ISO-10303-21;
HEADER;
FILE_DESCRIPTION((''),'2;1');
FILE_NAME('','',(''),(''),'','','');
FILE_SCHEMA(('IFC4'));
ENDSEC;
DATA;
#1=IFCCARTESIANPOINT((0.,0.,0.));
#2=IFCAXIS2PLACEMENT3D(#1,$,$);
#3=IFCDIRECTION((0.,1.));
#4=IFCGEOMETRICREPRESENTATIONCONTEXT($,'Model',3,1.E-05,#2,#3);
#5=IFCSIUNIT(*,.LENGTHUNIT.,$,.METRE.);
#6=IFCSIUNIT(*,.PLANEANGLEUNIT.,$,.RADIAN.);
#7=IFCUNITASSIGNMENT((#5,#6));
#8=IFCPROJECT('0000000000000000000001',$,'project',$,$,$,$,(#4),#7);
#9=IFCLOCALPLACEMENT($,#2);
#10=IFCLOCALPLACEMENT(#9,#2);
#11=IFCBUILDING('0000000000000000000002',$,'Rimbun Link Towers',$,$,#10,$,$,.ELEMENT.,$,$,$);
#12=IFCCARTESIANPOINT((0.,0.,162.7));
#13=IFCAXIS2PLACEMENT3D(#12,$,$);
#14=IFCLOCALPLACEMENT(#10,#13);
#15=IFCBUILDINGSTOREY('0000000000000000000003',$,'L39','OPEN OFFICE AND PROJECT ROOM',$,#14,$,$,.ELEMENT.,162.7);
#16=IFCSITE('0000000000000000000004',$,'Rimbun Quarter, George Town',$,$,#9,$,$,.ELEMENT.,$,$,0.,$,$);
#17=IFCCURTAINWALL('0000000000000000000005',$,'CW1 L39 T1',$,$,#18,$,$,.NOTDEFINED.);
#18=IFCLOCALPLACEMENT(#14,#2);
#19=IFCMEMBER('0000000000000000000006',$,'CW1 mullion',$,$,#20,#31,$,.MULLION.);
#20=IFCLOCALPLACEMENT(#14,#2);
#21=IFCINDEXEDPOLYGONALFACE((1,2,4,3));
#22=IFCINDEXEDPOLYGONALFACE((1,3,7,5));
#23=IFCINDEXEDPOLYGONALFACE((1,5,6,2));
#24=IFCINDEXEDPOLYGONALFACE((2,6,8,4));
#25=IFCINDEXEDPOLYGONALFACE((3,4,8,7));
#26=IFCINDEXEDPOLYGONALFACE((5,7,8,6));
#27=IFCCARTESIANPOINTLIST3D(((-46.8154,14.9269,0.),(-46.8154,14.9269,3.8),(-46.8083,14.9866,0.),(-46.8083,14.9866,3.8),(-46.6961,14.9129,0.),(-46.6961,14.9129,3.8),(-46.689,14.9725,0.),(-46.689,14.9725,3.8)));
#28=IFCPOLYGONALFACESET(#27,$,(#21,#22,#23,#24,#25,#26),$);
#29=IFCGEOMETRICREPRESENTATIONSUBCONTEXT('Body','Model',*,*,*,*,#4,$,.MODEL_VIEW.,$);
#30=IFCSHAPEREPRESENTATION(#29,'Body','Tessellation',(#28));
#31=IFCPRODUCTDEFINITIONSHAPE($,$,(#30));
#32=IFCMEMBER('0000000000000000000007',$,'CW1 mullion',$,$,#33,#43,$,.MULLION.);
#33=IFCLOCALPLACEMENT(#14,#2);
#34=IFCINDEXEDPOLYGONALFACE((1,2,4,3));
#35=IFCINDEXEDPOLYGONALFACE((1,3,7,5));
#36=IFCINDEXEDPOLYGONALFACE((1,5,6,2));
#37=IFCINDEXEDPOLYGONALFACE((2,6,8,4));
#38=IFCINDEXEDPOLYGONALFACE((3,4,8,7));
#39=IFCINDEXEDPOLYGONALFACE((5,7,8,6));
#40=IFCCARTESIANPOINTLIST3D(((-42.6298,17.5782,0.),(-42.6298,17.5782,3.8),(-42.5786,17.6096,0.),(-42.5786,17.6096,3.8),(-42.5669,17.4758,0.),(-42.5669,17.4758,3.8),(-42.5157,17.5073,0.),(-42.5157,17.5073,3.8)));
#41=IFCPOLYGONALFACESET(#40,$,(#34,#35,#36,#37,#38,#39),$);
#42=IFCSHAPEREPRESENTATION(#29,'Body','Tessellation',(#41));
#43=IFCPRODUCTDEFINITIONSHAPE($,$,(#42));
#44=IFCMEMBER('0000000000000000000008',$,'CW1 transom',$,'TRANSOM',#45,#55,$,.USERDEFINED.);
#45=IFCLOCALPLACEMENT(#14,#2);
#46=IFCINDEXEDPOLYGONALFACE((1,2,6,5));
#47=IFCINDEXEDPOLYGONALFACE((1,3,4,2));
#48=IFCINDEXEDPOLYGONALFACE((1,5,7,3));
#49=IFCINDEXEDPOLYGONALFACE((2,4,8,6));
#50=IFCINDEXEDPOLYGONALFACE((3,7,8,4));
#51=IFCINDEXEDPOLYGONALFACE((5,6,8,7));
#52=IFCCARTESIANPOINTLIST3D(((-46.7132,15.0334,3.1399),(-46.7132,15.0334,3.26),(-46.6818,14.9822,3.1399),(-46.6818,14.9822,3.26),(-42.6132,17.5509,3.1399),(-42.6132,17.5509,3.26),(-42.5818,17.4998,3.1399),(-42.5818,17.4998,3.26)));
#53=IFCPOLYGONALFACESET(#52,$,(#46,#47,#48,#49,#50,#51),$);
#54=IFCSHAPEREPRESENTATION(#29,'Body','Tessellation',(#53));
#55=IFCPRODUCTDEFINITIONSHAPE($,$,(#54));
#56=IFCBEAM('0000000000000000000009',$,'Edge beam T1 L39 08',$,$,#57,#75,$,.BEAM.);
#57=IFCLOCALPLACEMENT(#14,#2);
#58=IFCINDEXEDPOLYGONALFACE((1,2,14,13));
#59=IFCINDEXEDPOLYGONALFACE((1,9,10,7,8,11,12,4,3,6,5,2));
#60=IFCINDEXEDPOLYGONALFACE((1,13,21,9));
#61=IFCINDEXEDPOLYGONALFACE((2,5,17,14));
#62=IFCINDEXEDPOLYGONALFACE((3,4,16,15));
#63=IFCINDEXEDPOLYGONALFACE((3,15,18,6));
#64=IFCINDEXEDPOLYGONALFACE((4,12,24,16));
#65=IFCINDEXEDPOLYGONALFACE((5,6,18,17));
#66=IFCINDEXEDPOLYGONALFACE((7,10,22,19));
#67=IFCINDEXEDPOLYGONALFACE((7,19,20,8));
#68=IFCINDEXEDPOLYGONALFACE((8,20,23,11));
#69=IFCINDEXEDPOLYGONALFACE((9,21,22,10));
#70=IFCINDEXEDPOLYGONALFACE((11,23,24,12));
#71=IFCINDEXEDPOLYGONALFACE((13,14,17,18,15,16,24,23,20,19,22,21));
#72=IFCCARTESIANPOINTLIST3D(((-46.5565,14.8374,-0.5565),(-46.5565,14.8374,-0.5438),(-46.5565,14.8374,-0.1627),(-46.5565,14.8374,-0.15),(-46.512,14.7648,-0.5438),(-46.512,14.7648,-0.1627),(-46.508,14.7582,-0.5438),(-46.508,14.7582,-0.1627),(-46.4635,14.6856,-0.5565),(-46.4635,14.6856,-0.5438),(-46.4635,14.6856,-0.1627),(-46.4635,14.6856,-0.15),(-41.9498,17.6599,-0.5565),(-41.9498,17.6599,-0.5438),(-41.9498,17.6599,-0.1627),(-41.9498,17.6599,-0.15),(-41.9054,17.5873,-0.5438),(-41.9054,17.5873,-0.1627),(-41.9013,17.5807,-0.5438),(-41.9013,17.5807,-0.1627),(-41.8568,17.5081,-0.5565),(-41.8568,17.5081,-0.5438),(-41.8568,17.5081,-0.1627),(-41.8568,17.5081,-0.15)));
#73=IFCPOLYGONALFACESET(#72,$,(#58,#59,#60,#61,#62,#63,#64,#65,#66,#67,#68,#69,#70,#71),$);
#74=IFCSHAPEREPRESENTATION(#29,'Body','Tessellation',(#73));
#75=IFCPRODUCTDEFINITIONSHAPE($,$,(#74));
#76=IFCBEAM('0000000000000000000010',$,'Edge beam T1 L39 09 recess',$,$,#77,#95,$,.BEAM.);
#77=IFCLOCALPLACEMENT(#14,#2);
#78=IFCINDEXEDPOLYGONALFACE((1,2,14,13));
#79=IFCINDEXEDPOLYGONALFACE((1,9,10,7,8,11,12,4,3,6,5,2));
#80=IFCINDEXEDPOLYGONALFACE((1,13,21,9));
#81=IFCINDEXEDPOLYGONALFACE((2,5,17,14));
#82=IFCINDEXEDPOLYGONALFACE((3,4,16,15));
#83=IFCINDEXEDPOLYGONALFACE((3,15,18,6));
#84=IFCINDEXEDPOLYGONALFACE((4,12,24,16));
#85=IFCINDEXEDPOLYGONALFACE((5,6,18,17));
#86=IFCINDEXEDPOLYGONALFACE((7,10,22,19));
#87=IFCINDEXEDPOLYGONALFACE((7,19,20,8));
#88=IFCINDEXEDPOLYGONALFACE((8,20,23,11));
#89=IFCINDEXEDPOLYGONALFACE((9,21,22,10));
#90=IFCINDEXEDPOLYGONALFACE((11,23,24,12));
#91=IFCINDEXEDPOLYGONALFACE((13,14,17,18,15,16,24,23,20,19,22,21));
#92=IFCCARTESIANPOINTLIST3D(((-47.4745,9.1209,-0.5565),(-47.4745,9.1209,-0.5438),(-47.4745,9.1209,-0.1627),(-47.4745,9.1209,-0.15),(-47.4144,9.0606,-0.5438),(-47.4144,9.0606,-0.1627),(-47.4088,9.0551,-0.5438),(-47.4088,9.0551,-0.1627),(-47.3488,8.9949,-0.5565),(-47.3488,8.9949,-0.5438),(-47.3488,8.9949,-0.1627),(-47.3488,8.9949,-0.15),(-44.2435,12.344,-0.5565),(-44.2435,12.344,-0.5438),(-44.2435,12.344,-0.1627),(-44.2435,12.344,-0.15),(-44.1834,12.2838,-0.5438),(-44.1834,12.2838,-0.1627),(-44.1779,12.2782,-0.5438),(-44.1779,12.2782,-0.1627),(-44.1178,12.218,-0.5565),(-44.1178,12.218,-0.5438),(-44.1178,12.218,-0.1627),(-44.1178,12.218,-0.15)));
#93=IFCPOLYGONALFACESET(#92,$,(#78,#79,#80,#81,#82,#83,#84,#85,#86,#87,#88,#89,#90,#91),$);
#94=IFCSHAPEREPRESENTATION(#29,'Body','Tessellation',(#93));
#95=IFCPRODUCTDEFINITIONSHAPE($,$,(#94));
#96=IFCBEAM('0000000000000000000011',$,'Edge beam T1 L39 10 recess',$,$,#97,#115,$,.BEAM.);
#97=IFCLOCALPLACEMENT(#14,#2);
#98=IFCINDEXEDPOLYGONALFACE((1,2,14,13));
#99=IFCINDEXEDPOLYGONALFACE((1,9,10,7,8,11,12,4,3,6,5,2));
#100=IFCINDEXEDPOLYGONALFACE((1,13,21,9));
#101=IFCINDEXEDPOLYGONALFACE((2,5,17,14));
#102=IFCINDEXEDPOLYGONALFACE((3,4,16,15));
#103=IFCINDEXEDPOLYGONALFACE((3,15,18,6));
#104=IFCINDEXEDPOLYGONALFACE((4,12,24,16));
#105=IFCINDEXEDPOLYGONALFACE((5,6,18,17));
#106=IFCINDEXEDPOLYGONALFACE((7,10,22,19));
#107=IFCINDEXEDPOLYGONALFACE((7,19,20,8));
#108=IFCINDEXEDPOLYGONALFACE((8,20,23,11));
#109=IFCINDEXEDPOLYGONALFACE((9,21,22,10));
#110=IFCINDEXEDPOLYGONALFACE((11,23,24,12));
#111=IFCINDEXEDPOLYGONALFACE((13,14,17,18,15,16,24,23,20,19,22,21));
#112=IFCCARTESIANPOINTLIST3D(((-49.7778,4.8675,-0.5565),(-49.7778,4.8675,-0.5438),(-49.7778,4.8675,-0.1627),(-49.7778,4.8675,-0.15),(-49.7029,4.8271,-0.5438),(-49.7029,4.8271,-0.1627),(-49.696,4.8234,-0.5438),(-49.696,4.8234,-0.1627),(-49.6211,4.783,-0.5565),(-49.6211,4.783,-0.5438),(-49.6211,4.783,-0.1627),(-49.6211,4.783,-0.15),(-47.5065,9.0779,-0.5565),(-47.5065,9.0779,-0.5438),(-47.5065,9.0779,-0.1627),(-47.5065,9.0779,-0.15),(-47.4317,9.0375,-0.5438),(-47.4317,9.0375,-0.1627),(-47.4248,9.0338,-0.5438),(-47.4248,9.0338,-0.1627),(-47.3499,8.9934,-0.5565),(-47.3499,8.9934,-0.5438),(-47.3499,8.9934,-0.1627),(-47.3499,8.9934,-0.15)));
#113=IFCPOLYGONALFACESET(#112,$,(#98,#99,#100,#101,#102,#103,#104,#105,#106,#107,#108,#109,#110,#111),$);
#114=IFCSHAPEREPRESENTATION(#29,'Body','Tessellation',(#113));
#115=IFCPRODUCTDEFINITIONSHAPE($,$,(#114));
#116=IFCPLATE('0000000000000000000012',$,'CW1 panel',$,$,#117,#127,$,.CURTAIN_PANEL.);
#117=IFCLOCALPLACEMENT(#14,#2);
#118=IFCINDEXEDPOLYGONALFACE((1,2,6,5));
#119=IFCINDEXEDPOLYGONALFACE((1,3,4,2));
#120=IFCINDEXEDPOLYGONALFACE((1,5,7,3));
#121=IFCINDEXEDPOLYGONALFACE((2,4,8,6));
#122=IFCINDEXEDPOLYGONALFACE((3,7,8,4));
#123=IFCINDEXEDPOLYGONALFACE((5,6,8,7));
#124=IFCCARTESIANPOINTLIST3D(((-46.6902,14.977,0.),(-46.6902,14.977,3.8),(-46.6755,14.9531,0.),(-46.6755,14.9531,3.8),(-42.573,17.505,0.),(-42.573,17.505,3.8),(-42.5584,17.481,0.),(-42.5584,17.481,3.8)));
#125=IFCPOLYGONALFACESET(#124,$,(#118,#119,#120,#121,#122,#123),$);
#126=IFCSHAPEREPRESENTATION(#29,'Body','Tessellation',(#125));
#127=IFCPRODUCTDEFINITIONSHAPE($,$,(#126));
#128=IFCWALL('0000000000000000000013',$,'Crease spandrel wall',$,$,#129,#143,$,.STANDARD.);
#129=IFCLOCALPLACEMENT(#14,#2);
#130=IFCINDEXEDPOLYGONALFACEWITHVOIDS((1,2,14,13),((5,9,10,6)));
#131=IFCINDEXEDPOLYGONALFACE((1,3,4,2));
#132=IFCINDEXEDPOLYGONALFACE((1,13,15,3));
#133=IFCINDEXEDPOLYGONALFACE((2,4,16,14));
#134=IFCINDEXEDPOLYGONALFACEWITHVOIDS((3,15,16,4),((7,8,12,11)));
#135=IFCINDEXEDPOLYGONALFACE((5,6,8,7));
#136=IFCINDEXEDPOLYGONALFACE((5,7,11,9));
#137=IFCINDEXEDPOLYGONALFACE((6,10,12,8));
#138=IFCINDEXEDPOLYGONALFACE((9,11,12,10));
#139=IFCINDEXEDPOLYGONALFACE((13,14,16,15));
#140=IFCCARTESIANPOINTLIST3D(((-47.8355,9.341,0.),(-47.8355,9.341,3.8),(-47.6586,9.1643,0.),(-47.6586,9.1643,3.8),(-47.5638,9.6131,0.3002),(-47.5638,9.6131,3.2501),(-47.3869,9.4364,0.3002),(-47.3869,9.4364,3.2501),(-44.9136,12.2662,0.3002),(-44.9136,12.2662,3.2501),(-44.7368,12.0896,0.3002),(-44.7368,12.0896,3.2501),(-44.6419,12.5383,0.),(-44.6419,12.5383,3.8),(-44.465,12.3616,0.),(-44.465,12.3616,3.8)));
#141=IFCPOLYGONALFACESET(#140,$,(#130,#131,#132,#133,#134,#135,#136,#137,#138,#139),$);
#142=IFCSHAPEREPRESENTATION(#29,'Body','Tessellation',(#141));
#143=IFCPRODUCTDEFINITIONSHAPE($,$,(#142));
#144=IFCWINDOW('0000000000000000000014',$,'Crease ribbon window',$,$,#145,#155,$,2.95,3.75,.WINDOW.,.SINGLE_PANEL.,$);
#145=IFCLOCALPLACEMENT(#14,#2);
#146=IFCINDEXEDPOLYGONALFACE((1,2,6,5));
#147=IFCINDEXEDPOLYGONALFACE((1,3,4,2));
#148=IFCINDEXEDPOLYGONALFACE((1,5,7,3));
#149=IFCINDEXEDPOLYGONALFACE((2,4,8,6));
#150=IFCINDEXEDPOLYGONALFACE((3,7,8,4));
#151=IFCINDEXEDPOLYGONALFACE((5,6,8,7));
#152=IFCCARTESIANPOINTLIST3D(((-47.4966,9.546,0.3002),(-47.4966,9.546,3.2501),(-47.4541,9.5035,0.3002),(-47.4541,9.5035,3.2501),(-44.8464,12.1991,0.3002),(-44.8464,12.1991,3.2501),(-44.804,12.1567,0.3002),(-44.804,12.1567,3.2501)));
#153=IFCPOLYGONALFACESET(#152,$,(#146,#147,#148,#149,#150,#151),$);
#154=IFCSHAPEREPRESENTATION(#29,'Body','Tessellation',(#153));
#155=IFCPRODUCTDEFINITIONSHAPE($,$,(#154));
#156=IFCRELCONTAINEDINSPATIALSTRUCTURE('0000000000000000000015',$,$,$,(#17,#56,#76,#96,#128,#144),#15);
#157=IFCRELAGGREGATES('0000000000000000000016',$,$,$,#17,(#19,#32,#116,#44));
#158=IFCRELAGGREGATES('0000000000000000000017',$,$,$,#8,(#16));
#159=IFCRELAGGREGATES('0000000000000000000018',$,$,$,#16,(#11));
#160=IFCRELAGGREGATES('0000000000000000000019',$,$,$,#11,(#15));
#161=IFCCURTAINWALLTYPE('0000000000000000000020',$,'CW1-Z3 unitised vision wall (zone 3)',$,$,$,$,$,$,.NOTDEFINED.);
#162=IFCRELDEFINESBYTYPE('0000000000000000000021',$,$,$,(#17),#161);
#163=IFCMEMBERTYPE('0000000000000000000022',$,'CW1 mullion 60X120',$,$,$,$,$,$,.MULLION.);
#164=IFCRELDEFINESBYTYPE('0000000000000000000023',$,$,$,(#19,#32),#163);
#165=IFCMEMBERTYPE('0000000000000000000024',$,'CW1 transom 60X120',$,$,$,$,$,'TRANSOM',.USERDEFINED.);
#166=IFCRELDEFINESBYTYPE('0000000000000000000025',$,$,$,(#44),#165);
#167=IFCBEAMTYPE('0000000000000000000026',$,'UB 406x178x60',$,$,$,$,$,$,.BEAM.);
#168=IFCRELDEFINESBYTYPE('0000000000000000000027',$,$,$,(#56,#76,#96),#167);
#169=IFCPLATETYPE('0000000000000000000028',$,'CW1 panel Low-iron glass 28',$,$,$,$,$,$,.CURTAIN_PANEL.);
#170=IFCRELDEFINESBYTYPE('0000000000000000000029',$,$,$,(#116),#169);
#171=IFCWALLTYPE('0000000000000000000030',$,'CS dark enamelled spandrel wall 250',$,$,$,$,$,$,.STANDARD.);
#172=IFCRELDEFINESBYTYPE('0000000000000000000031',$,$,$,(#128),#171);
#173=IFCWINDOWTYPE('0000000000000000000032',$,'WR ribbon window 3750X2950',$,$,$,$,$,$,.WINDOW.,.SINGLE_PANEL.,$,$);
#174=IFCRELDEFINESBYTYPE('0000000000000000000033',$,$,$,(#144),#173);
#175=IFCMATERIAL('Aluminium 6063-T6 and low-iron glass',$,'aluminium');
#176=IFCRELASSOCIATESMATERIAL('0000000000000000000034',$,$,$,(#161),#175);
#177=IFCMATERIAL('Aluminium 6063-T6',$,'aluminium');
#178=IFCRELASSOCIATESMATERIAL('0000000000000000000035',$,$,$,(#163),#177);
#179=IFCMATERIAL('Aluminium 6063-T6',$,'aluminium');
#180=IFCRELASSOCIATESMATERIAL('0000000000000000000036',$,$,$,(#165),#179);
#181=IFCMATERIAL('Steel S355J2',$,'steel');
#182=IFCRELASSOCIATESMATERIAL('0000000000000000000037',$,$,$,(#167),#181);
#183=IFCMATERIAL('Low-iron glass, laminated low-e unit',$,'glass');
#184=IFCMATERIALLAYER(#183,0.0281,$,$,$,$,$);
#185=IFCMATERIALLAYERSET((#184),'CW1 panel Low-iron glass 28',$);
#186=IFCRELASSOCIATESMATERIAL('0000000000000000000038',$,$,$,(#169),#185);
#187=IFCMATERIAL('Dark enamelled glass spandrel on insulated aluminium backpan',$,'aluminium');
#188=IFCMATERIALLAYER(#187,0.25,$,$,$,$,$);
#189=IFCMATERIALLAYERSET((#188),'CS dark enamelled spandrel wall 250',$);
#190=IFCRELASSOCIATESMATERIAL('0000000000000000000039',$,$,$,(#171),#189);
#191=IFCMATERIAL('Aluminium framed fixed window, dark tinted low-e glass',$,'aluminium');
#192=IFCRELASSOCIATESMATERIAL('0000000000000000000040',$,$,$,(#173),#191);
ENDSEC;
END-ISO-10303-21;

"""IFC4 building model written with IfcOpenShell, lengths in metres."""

from ifc_helpers import new_model, si_unit, direction, frame, frame_2d, origin, origin_2d, place, context, subcontext, project, spatial, rectangle, i_section, extrude, material, layer, layer_set, material_profile, profile_set, type_object, element, fill, aggregate, save


model = new_model("IFC4")

# Units and contexts
model_context = context("Model", 3, precision=1e-05, world=origin(), true_north=direction((0.0, 1.0)))
body_context = subcontext(model_context, "Body", "Model", "MODEL_VIEW")
ifc_project = project(units=[si_unit("LENGTHUNIT", "METRE"), si_unit("PLANEANGLEUNIT", "RADIAN")], contexts=[model_context])

# Site, building, storey
site_placement = place(None, origin())
site = spatial("IfcSite", under=ifc_project, at=site_placement, Name="Rimbun Quarter, George Town", CompositionType="ELEMENT", RefElevation=0.0)
building_placement = place(site_placement, origin())
building = spatial("IfcBuilding", under=site, at=building_placement, Name="Rimbun Link Towers", CompositionType="ELEMENT")
storey_placement = place(building_placement, frame((0.0, 0.0, 162.7)))
storey = spatial("IfcBuildingStorey", under=building, at=storey_placement, Name="L39", Description="OPEN OFFICE AND PROJECT ROOM", CompositionType="ELEMENT", Elevation=162.7)

# Curtain wall, members
ifc_material_1 = material(Name="Aluminium 6063-T6 and low-iron glass", Category="aluminium")
curtain_wall_type = type_object("IfcCurtainWallType", Name="CW1-Z3 unitised vision wall (zone 3)", PredefinedType="NOTDEFINED", material=ifc_material_1)
curtain_wall_placement = place(storey_placement, origin())
curtain_wall = element("IfcCurtainWall", 1, at=curtain_wall_placement, inside=storey, type_object=curtain_wall_type, Name="CW1 L39 T1", PredefinedType="NOTDEFINED")
ifc_material_2 = material(Name="Aluminium 6063-T6", Category="aluminium")
ifc_material_profile_1 = material_profile(ifc_material_2, rectangle(XDim=0.1201, YDim=0.0601, at=origin_2d()), Name="MULLION 60X120")
ifc_profile_set_1 = profile_set([ifc_material_profile_1], Name="Aluminium 6063-T6")
member_type_1 = type_object("IfcMemberType", Name="CW1 mullion 60X120", PredefinedType="MULLION", material=ifc_profile_set_1)
member_1_placement = place(storey_placement, frame((-46.7522, 14.9497, 0.0), z_axis=(0.0, 0.0, 1.0), x_axis=(-0.99312, 0.1171, 0.0)))
member_1 = element("IfcMember", 2, at=member_1_placement, type_object=member_type_1, Name="CW1 mullion", PredefinedType="MULLION", context=body_context, shape_type="SweptSolid", body=[
    extrude(rectangle(XDim=0.1201, YDim=0.0601, at=origin_2d()), origin(), (0.0, 0.0, 1.0), 3.8),
])
member_2_placement = place(storey_placement, frame((-42.5728, 17.5427, 0.0), z_axis=(0.0, 0.0, 1.0), x_axis=(-0.52325, 0.852179, 0.0)))
member_2 = element("IfcMember", 3, at=member_2_placement, type_object=member_type_1, Name="CW1 mullion", PredefinedType="MULLION", context=body_context, shape_type="SweptSolid", body=[
    extrude(rectangle(XDim=0.1201, YDim=0.0601, at=origin_2d()), origin(), (0.0, 0.0, 1.0), 3.8),
])
ifc_material_3 = material(Name="Aluminium 6063-T6", Category="aluminium")
ifc_material_profile_2 = material_profile(ifc_material_3, rectangle(XDim=0.0601, YDim=0.1201, at=origin_2d()), Name="TRANSOM 60X120")
ifc_profile_set_2 = profile_set([ifc_material_profile_2], Name="Aluminium 6063-T6")
member_type_2 = type_object("IfcMemberType", Name="CW1 transom 60X120", ElementType="TRANSOM", PredefinedType="USERDEFINED", material=ifc_profile_set_2)
member_3_placement = place(storey_placement, frame((-46.6975, 15.0078, 3.2), z_axis=(0.852174, 0.523259, 0.0), x_axis=(-0.523259, 0.852174, 0.0)))
member_3 = element("IfcMember", 4, at=member_3_placement, type_object=member_type_2, Name="CW1 transom", ObjectType="TRANSOM", PredefinedType="USERDEFINED", context=body_context, shape_type="SweptSolid", body=[
    extrude(rectangle(XDim=0.0601, YDim=0.1201, at=origin_2d()), origin(), (0.0, 0.0, 1.0), 4.8113),
])

# Beams
ifc_material_4 = material(Name="Steel S355J2", Category="steel")
ifc_material_profile_3 = material_profile(ifc_material_4, i_section(OverallWidth=0.178, OverallDepth=0.4065, WebThickness=0.0078, FlangeThickness=0.0127, at=origin_2d()), Name="UB 406x178x60")
ifc_profile_set_3 = profile_set([ifc_material_profile_3], Name="Steel S355J2")
beam_type = type_object("IfcBeamType", Name="UB 406x178x60", PredefinedType="BEAM", material=ifc_profile_set_3)
beam_1_placement = place(storey_placement, frame((-41.9033, 17.584, -0.3533), z_axis=(-0.852679, -0.522435, 0.0), x_axis=(0.522435, -0.852679, 0.0)))
element("IfcBeam", 5, at=beam_1_placement, inside=storey, type_object=beam_type, Name="Edge beam T1 L39 08", PredefinedType="BEAM", context=body_context, shape_type="SweptSolid", body=[
    extrude(i_section(OverallWidth=0.178, OverallDepth=0.4065, WebThickness=0.0078, FlangeThickness=0.0127, at=origin_2d()), origin(), (0.0, 0.0, 1.0), 5.4026),
])
beam_2_placement = place(storey_placement, frame((-44.1807, 12.281, -0.3533), z_axis=(-0.707962, -0.70625, 0.0), x_axis=(0.70625, -0.707962, 0.0)))
element("IfcBeam", 6, at=beam_2_placement, inside=storey, type_object=beam_type, Name="Edge beam T1 L39 09 recess", PredefinedType="BEAM", context=body_context, shape_type="SweptSolid", body=[
    extrude(i_section(OverallWidth=0.178, OverallDepth=0.4065, WebThickness=0.0078, FlangeThickness=0.0127, at=origin_2d()), origin(), (0.0, 0.0, 1.0), 4.5637),
])
beam_3_placement = place(storey_placement, frame((-47.4282, 9.0356, -0.3533), z_axis=(-0.47476, -0.880115, 0.0), x_axis=(0.880115, -0.47476, 0.0)))
element("IfcBeam", 7, at=beam_3_placement, inside=storey, type_object=beam_type, Name="Edge beam T1 L39 10 recess", PredefinedType="BEAM", context=body_context, shape_type="SweptSolid", body=[
    extrude(i_section(OverallWidth=0.178, OverallDepth=0.4065, WebThickness=0.0078, FlangeThickness=0.0127, at=origin_2d()), origin(), (0.0, 0.0, 1.0), 4.7839),
])

# Plate
ifc_material_5 = material(Name="Low-iron glass, laminated low-e unit", Category="glass")
ifc_layer_1 = layer(ifc_material_5, 0.0281)
ifc_layer_set_1 = layer_set([ifc_layer_1], Name="CW1 panel Low-iron glass 28")
plate_type = type_object("IfcPlateType", Name="CW1 panel Low-iron glass 28", PredefinedType="CURTAIN_PANEL", material=ifc_layer_set_1)
plate_placement = place(storey_placement, frame((-44.6243, 16.229, 0.0), z_axis=(0.0, 0.0, 1.0), x_axis=(0.852179, 0.52325, 0.0)))
plate = element("IfcPlate", 8, at=plate_placement, type_object=plate_type, Name="CW1 panel", PredefinedType="CURTAIN_PANEL", context=body_context, shape_type="SweptSolid", body=[
    extrude(rectangle(XDim=4.8313, YDim=0.0281, at=origin_2d()), origin(), (0.0, 0.0, 1.0), 3.8),
])
aggregate(curtain_wall, [member_1, member_2, plate, member_3])

# Wall, opening, window
ifc_material_6 = material(Name="Dark enamelled glass spandrel on insulated aluminium backpan", Category="aluminium")
ifc_layer_2 = layer(ifc_material_6, 0.25)
ifc_layer_set_2 = layer_set([ifc_layer_2], Name="CS dark enamelled spandrel wall 250")
wall_type_1 = type_object("IfcWallType", Name="CS dark enamelled spandrel wall 250", PredefinedType="STANDARD", material=ifc_layer_set_2)
wall_1_placement = place(storey_placement, frame((-47.7471, 9.2527, 0.0), z_axis=(0.0, 0.0, 1.0), x_axis=(0.706701, 0.707512, 0.0)))
wall_1 = element("IfcWall", 9, at=wall_1_placement, inside=storey, type_object=wall_type_1, Name="Crease spandrel wall", PredefinedType="STANDARD", context=body_context, shape_type="SweptSolid", body=[
    extrude(rectangle(XDim=4.519, YDim=0.25, at=frame_2d((2.2595, 0.0))), origin(), (0.0, 0.0, 1.0), 3.8),
])
opening_1_placement = place(wall_1_placement, frame((0.3845, 0.0, 0.3)))
opening_1 = element("IfcOpeningElement", 10, at=opening_1_placement, cuts=wall_1, PredefinedType="OPENING", context=body_context, shape_type="SweptSolid", body=[
    extrude(rectangle(XDim=3.75, YDim=2.95, at=frame_2d((1.875, 1.4751))), frame((0.0, 0.135, 0.0), z_axis=(0.0, -1.0, 0.0), x_axis=(1.0, 0.0, 0.0)), (0.0, 0.0, 1.0), 0.27),
])
ifc_material_7 = material(Name="Aluminium framed fixed window, dark tinted low-e glass", Category="aluminium")
window_type_1 = type_object("IfcWindowType", Name="WR ribbon window 3750X2950", PartitioningType="SINGLE_PANEL", PredefinedType="WINDOW", material=ifc_material_7)
window_1_placement = place(opening_1_placement, origin())
window_1 = element("IfcWindow", 11, at=window_1_placement, inside=storey, type_object=window_type_1, Name="Crease ribbon window", OverallHeight=2.95, OverallWidth=3.75, PartitioningType="SINGLE_PANEL", PredefinedType="WINDOW", context=body_context, shape_type="SweptSolid", body=[
    extrude(rectangle(XDim=3.75, YDim=2.95, at=frame_2d((1.875, 1.4751))), frame((0.0, 0.03, 0.0), z_axis=(0.0, -1.0, 0.0), x_axis=(1.0, 0.0, 0.0)), (0.0, 0.0, 1.0), 0.0601),
])
fill(opening_1, window_1)

save(model, "model.ifc")
